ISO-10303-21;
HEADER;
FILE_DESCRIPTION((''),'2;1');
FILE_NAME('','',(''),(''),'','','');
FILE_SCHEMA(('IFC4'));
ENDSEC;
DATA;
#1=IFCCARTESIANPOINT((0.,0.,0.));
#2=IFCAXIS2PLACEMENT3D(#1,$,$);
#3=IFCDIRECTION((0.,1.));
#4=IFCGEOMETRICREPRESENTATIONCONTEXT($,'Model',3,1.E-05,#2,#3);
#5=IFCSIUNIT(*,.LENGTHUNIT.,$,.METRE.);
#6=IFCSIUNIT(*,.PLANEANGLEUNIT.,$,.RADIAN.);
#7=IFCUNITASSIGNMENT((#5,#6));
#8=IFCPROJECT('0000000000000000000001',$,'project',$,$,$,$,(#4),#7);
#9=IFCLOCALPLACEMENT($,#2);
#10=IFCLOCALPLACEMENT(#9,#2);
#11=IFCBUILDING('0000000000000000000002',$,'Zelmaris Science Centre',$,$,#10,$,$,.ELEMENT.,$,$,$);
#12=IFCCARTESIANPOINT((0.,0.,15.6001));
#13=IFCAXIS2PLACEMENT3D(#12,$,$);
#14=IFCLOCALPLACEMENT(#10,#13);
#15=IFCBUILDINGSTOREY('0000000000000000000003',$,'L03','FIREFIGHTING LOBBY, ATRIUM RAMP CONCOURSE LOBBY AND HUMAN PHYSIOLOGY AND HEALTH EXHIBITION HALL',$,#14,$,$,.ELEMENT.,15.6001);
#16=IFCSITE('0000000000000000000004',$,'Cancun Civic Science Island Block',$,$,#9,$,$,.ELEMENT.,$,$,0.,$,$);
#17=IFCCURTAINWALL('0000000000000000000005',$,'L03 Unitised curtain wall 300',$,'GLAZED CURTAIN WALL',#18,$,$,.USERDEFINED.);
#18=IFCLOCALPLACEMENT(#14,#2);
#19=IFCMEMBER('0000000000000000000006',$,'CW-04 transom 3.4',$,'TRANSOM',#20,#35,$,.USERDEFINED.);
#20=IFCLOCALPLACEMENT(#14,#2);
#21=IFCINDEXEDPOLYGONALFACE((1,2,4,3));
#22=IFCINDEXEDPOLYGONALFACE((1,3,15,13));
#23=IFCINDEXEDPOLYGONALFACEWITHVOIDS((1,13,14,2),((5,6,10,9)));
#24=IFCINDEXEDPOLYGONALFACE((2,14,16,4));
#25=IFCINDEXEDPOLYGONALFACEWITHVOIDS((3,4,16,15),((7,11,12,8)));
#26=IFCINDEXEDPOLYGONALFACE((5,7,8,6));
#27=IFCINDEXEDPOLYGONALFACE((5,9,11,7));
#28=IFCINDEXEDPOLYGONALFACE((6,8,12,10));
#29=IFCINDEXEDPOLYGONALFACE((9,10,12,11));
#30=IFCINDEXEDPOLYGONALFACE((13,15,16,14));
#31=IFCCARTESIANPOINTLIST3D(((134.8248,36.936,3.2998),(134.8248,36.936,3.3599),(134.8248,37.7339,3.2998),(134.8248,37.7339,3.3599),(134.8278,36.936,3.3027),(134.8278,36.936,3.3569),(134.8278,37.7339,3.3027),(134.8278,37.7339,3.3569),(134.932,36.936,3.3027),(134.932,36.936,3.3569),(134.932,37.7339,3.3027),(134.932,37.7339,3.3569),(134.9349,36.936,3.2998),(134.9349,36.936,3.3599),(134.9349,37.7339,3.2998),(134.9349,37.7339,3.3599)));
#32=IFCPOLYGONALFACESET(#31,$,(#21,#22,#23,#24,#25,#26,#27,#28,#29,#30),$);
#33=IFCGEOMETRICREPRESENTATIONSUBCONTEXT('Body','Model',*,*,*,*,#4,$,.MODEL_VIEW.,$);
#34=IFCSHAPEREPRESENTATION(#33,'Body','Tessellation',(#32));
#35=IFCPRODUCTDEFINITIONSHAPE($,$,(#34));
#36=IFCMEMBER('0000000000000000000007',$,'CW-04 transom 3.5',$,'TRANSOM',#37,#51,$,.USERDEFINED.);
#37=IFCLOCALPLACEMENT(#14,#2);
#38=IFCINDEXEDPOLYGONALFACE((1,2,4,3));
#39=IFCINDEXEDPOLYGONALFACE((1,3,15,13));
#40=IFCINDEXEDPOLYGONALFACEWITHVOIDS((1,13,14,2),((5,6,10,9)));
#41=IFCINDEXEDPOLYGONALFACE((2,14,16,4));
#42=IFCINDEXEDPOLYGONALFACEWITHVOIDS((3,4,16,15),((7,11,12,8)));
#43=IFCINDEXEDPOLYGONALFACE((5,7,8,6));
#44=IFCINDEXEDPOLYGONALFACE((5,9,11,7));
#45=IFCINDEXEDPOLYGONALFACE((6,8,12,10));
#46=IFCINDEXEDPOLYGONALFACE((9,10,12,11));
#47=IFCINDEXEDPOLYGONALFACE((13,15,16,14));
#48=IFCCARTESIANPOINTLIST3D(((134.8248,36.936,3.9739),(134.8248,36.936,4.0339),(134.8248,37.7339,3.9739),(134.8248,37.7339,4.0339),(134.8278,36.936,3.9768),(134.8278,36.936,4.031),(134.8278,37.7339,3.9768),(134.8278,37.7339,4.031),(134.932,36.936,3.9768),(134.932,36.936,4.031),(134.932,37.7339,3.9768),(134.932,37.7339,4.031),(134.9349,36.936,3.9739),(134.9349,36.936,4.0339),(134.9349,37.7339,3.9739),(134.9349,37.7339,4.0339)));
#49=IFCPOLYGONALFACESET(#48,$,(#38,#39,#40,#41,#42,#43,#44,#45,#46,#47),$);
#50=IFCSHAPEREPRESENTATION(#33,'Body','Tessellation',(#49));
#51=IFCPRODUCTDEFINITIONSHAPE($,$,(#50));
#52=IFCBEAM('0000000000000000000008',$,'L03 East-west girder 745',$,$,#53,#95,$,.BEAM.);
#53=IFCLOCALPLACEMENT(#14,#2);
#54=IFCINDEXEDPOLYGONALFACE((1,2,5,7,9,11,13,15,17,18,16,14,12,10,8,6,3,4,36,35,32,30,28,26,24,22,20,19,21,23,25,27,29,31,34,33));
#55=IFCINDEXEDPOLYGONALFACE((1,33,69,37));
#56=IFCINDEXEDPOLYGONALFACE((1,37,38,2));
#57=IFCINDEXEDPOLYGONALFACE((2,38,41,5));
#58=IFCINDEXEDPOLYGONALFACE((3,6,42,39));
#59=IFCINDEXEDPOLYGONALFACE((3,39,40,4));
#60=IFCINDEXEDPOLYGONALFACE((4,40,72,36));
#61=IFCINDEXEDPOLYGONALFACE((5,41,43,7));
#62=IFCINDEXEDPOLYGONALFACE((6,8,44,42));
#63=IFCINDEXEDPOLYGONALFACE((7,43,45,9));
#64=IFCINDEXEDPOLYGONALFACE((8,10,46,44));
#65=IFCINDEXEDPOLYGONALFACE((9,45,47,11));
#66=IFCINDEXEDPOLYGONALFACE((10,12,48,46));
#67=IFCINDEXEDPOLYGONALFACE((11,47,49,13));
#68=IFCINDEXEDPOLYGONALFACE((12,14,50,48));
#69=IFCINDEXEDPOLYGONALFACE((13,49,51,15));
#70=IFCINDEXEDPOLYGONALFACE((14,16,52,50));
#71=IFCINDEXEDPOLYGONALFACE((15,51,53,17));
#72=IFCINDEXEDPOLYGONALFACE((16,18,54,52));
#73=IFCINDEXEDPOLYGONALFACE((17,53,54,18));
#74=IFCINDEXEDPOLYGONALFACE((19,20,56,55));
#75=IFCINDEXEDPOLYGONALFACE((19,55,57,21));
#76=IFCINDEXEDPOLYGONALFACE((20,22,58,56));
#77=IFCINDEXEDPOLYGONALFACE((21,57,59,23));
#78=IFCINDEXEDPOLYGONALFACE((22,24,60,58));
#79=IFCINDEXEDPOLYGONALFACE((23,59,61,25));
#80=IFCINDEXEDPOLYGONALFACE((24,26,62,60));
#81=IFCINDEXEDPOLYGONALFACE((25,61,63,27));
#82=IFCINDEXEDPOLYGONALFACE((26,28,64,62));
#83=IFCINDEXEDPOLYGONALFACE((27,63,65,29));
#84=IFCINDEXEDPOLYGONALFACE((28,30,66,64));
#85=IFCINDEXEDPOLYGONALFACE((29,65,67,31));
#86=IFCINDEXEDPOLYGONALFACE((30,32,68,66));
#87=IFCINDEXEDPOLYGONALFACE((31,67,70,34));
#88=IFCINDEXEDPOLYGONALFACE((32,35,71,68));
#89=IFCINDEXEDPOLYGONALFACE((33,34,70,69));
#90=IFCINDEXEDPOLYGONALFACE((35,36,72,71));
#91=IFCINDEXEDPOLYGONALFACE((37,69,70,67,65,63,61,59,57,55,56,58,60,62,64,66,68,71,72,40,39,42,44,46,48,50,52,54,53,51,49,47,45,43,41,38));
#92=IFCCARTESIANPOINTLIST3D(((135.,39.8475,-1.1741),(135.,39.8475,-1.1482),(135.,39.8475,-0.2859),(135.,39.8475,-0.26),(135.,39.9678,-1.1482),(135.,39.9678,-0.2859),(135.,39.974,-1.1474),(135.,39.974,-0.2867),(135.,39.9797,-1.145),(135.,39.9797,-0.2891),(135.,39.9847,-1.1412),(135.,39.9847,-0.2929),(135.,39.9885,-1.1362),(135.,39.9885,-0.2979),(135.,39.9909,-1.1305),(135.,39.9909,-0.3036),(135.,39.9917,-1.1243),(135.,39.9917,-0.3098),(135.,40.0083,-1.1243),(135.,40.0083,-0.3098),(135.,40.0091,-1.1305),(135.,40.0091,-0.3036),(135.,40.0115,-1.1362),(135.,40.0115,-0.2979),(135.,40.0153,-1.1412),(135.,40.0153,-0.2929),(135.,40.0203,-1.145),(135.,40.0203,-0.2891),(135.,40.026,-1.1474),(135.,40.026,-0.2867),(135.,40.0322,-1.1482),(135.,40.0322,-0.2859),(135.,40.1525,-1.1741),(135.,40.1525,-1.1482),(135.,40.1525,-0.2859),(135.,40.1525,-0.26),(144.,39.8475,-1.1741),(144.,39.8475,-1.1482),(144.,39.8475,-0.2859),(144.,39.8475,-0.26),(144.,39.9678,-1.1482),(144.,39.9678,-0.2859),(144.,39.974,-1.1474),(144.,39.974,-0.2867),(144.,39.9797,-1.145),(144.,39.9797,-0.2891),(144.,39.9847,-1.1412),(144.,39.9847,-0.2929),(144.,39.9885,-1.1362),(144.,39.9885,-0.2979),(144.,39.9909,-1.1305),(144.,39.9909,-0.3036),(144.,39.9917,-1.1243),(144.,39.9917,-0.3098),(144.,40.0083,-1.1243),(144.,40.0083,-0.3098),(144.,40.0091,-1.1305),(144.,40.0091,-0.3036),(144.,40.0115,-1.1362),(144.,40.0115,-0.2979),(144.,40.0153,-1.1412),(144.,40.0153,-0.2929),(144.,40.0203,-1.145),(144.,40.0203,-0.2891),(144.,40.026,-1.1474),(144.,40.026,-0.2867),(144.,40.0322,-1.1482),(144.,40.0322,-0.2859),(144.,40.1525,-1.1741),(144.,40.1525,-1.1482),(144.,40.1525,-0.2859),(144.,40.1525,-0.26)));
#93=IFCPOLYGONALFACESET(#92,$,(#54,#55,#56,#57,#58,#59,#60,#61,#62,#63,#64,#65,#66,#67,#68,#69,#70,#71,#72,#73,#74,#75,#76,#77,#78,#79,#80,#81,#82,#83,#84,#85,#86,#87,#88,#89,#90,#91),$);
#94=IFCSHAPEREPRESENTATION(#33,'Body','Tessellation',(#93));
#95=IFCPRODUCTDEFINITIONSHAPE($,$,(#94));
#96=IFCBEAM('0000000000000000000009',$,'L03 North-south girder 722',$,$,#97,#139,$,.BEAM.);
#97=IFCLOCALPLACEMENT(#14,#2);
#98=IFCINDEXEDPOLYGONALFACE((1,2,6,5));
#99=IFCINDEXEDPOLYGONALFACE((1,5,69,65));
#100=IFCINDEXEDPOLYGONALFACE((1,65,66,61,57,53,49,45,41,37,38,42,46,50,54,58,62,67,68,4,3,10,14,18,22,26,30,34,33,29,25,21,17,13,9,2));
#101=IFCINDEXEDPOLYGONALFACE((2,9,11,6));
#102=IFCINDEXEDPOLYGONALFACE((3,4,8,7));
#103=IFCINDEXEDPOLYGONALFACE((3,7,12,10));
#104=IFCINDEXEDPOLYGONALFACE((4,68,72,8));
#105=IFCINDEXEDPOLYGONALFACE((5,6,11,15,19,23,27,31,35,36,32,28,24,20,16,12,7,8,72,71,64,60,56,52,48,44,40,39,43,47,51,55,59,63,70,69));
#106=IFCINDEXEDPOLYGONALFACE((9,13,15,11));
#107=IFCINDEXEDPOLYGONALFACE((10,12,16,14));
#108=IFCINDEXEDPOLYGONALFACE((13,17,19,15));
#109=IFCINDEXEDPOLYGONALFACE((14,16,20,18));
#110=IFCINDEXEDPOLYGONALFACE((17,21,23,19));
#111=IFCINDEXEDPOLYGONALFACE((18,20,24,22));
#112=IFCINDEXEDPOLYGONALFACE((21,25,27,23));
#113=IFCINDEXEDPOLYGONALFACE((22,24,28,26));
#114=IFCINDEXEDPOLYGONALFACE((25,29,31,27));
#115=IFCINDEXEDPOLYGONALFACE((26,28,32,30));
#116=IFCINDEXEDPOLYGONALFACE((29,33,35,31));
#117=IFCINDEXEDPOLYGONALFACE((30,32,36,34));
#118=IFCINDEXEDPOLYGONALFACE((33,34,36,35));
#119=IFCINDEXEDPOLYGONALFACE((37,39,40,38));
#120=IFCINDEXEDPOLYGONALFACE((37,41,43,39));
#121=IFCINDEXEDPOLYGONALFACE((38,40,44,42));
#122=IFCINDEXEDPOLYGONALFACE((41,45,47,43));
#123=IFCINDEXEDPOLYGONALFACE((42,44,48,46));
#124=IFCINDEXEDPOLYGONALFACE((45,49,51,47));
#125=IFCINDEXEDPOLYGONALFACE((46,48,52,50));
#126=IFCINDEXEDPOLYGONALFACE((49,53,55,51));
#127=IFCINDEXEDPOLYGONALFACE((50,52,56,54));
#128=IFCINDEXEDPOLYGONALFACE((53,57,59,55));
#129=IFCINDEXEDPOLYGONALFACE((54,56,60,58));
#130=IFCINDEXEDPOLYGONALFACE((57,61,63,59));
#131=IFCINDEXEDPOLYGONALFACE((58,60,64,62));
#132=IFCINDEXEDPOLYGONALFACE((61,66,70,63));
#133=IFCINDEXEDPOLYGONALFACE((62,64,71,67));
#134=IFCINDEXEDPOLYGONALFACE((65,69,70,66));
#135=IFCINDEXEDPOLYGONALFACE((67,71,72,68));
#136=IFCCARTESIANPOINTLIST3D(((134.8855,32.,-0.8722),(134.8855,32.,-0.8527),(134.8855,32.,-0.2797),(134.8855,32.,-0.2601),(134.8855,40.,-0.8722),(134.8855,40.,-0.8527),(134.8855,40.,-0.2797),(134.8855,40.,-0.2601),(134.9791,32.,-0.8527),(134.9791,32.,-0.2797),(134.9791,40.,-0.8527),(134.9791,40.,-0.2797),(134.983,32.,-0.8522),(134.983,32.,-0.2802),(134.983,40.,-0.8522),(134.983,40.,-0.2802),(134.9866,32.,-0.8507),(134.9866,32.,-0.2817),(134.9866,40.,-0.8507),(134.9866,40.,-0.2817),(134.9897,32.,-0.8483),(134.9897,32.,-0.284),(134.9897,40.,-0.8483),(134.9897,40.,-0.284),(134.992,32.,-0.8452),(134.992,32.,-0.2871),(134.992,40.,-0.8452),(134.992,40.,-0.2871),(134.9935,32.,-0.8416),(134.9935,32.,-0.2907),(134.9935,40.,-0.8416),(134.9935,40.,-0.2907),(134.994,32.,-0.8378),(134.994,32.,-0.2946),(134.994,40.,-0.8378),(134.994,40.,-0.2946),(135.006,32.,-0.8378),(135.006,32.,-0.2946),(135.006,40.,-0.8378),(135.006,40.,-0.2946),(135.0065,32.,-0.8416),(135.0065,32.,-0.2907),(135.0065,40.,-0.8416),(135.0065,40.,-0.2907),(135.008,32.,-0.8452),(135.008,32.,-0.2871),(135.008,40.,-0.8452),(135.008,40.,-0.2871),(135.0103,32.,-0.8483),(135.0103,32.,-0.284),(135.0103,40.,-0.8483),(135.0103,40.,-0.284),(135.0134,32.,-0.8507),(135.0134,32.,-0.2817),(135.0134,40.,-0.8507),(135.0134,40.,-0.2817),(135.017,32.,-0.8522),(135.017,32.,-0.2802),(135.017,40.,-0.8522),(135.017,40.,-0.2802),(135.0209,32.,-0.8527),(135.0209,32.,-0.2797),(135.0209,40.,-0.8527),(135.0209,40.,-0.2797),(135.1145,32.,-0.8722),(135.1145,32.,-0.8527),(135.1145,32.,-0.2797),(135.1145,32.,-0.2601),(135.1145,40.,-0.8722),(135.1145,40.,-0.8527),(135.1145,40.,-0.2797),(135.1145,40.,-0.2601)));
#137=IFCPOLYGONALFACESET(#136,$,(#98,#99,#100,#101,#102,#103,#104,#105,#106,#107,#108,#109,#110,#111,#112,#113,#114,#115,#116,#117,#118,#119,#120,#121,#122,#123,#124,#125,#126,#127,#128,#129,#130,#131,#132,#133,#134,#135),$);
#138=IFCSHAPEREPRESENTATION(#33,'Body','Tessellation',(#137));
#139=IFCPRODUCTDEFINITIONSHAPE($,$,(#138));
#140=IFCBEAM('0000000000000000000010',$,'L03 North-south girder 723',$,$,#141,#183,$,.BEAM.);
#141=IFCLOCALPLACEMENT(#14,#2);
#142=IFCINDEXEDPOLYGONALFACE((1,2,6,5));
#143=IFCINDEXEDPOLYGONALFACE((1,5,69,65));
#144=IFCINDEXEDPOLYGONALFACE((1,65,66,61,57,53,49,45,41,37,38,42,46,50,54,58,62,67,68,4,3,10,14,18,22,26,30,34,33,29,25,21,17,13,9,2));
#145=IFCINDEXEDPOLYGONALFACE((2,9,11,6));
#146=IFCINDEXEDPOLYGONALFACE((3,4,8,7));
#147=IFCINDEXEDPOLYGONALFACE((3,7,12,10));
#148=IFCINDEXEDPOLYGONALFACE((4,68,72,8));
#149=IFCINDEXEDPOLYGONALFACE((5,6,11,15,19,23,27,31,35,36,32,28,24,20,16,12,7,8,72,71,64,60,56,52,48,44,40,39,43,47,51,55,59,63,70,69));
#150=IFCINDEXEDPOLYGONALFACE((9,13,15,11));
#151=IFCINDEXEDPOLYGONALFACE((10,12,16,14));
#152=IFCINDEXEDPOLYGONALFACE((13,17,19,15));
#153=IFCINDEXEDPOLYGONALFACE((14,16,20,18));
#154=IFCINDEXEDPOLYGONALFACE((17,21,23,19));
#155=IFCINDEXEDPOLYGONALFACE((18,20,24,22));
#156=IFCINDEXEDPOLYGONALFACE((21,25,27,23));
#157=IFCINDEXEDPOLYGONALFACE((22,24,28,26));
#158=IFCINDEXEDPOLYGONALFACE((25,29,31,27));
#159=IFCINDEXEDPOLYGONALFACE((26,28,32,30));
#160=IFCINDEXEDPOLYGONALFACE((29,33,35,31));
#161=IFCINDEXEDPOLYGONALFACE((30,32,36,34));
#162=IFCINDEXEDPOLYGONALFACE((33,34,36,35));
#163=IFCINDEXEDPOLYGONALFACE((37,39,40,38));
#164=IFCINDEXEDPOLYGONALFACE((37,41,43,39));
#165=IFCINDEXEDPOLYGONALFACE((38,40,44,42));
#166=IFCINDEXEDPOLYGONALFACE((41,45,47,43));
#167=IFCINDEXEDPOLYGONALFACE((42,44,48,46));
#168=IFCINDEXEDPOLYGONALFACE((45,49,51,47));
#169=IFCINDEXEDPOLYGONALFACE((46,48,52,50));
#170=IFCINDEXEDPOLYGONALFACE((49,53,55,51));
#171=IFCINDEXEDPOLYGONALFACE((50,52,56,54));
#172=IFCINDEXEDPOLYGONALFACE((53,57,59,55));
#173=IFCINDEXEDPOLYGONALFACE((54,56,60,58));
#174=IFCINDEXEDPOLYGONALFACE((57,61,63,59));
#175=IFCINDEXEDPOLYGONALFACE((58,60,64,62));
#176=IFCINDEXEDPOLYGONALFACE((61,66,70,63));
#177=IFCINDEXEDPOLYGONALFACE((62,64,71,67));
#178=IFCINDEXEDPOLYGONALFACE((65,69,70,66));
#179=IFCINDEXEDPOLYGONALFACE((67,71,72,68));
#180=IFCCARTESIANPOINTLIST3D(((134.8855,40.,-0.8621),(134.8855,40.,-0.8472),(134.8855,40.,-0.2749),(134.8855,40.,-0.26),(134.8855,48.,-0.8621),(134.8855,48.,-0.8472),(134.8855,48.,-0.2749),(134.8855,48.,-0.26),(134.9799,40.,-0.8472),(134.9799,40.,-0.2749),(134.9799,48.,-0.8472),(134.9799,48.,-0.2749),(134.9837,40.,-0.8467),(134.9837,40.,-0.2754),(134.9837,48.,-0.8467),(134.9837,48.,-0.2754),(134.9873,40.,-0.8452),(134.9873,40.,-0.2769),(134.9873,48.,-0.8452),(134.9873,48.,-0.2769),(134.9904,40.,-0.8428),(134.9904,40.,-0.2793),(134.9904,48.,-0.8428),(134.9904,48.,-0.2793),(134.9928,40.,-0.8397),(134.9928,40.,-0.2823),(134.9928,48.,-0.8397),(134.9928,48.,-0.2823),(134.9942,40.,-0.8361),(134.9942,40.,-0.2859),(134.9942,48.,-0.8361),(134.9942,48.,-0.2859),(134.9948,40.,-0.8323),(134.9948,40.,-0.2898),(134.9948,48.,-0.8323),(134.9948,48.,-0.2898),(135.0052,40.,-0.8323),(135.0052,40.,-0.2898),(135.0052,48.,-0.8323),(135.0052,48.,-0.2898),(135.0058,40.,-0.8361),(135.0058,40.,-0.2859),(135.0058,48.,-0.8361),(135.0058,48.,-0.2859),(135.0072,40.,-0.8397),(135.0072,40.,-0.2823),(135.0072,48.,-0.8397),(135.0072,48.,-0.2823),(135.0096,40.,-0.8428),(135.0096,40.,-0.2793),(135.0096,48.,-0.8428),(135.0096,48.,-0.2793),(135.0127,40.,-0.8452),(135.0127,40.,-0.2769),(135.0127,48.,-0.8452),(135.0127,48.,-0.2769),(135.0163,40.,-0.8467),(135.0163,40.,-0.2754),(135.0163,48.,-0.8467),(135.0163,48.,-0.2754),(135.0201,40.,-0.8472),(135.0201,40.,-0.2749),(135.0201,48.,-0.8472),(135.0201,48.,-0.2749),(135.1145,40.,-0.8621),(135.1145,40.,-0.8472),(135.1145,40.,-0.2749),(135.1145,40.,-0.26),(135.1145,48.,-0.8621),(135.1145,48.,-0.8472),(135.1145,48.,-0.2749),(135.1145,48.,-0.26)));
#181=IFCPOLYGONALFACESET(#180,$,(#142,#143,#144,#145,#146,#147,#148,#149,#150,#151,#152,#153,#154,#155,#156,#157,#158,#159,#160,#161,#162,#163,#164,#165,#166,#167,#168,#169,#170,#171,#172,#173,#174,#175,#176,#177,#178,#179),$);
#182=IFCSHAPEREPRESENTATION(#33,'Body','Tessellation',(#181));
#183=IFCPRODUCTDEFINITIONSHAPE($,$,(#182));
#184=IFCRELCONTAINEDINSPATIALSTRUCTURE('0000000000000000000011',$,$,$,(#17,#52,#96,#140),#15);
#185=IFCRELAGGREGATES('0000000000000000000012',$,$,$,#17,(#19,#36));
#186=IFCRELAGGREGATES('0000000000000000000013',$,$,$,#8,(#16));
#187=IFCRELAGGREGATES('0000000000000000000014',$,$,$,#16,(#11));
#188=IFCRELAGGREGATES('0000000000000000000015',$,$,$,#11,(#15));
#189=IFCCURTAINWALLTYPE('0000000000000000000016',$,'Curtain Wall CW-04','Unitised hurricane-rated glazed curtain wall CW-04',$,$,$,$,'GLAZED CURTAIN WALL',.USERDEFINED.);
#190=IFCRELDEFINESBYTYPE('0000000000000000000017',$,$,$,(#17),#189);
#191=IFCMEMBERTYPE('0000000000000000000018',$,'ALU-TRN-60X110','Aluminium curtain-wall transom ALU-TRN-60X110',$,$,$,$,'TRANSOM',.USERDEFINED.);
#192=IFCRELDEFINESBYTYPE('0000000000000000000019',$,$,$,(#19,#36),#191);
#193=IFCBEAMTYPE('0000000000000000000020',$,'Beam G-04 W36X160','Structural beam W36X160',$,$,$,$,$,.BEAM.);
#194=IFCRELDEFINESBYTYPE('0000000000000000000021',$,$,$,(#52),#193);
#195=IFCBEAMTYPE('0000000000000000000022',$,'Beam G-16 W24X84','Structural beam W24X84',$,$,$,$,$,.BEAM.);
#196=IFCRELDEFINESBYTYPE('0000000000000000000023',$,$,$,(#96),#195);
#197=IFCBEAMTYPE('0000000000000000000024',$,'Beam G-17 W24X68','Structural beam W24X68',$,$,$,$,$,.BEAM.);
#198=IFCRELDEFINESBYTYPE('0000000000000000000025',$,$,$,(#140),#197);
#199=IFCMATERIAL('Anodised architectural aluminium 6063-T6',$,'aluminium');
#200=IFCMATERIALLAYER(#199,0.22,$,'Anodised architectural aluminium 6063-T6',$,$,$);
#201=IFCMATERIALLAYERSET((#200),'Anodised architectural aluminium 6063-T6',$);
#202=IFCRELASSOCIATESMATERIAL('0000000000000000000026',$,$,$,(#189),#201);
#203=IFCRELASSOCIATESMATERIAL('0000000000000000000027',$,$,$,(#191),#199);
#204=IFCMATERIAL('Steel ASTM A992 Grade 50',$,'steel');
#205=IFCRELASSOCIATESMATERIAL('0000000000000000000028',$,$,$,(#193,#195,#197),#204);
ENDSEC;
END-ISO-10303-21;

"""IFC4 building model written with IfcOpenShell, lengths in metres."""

from ifc_helpers import new_model, si_unit, direction, frame, origin, origin_2d, place, context, subcontext, project, spatial, hollow_rectangle, i_section, extrude, material, layer, layer_set, material_profile, profile_set, type_object, element, aggregate, save


model = new_model("IFC4")

# Units and contexts
model_context = context("Model", 3, precision=1e-05, world=origin(), true_north=direction((0.0, 1.0)))
body_context = subcontext(model_context, "Body", "Model", "MODEL_VIEW")
ifc_project = project(units=[si_unit("LENGTHUNIT", "METRE"), si_unit("PLANEANGLEUNIT", "RADIAN")], contexts=[model_context])

# Site, building, storey
site_placement = place(None, origin())
site = spatial("IfcSite", under=ifc_project, at=site_placement, Name="Cancun Civic Science Island Block", CompositionType="ELEMENT", RefElevation=0.0)
building_placement = place(site_placement, origin())
building = spatial("IfcBuilding", under=site, at=building_placement, Name="Zelmaris Science Centre", CompositionType="ELEMENT")
storey_placement = place(building_placement, frame((0.0, 0.0, 15.6001)))
storey = spatial("IfcBuildingStorey", under=building, at=storey_placement, Name="L03", Description="FIREFIGHTING LOBBY, ATRIUM RAMP CONCOURSE LOBBY AND HUMAN PHYSIOLOGY AND HEALTH EXHIBITION HALL", CompositionType="ELEMENT", Elevation=15.6001)

# Shared definitions
ifc_material_1 = material(Name="Steel ASTM A992 Grade 50", Category="steel")

# Curtain wall, members
ifc_material_2 = material(Name="Anodised architectural aluminium 6063-T6", Category="aluminium")
ifc_layer_1 = layer(ifc_material_2, 0.22, Name="Anodised architectural aluminium 6063-T6")
ifc_layer_set_1 = layer_set([ifc_layer_1], Name="Anodised architectural aluminium 6063-T6")
curtain_wall_type = type_object("IfcCurtainWallType", Name="Curtain Wall CW-04", Description="Unitised hurricane-rated glazed curtain wall CW-04", ElementType="GLAZED CURTAIN WALL", PredefinedType="USERDEFINED", material=ifc_layer_set_1)
curtain_wall_placement = place(storey_placement, origin())
curtain_wall = element("IfcCurtainWall", 1, at=curtain_wall_placement, inside=storey, type_object=curtain_wall_type, Name="L03 Unitised curtain wall 300", ObjectType="GLAZED CURTAIN WALL", PredefinedType="USERDEFINED")
ifc_material_profile_1 = material_profile(ifc_material_2, hollow_rectangle(XDim=0.0601, YDim=0.1101, WallThickness=0.0029, at=origin_2d()), Name="ALU-TRN-60X110")
ifc_profile_set_1 = profile_set([ifc_material_profile_1], Name="Anodised architectural aluminium 6063-T6")
member_type_1 = type_object("IfcMemberType", Name="ALU-TRN-60X110", Description="Aluminium curtain-wall transom ALU-TRN-60X110", ElementType="TRANSOM", PredefinedType="USERDEFINED", material=ifc_profile_set_1)
member_1_placement = place(storey_placement, frame((134.8799, 37.7339, 3.3298), z_axis=(0.0, -1.0, 0.0), x_axis=(0.0, 0.0, 1.0)))
member_1 = element("IfcMember", 2, at=member_1_placement, type_object=member_type_1, Name="CW-04 transom 3.4", ObjectType="TRANSOM", PredefinedType="USERDEFINED", context=body_context, shape_type="SweptSolid", body=[
    extrude(hollow_rectangle(XDim=0.0601, YDim=0.1101, WallThickness=0.0029, at=origin_2d()), origin(), (0.0, 0.0, 1.0), 0.7979),
])
member_2_placement = place(storey_placement, frame((134.8799, 37.7339, 4.0039), z_axis=(0.0, -1.0, 0.0), x_axis=(0.0, 0.0, 1.0)))
member_2 = element("IfcMember", 3, at=member_2_placement, type_object=member_type_1, Name="CW-04 transom 3.5", ObjectType="TRANSOM", PredefinedType="USERDEFINED", context=body_context, shape_type="SweptSolid", body=[
    extrude(hollow_rectangle(XDim=0.0601, YDim=0.1101, WallThickness=0.0029, at=origin_2d()), origin(), (0.0, 0.0, 1.0), 0.7979),
])

# Beams
ifc_material_profile_2 = material_profile(ifc_material_1, i_section(OverallWidth=0.3049, OverallDepth=0.9141, WebThickness=0.0166, FlangeThickness=0.0259, FilletRadius=0.0239, at=origin_2d()), Name="W36X160")
ifc_profile_set_2 = profile_set([ifc_material_profile_2], Name="Steel ASTM A992 Grade 50")
beam_type_1 = type_object("IfcBeamType", Name="Beam G-04 W36X160", Description="Structural beam W36X160", PredefinedType="BEAM", material=ifc_profile_set_2)
beam_1_placement = place(storey_placement, frame((135.0, 40.0, -0.717), z_axis=(1.0, 0.0, 0.0), x_axis=(0.0, 1.0, 0.0)))
element("IfcBeam", 4, at=beam_1_placement, inside=storey, type_object=beam_type_1, Name="L03 East-west girder 745", PredefinedType="BEAM", context=body_context, shape_type="SweptSolid", body=[
    extrude(i_section(OverallWidth=0.3049, OverallDepth=0.9141, WebThickness=0.0166, FlangeThickness=0.0259, FilletRadius=0.0239, at=origin_2d()), origin(), (0.0, 0.0, 1.0), 9.0),
])
ifc_material_profile_3 = material_profile(ifc_material_1, i_section(OverallWidth=0.229, OverallDepth=0.6121, WebThickness=0.012, FlangeThickness=0.0195, FilletRadius=0.0149, at=origin_2d()), Name="W24X84")
ifc_profile_set_3 = profile_set([ifc_material_profile_3], Name="Steel ASTM A992 Grade 50")
beam_type_2 = type_object("IfcBeamType", Name="Beam G-16 W24X84", Description="Structural beam W24X84", PredefinedType="BEAM", material=ifc_profile_set_3)
beam_2_placement = place(storey_placement, frame((135.0, 32.0, -0.5662), z_axis=(0.0, 1.0, 0.0), x_axis=(-1.0, 0.0, 0.0)))
element("IfcBeam", 5, at=beam_2_placement, inside=storey, type_object=beam_type_2, Name="L03 North-south girder 722", PredefinedType="BEAM", context=body_context, shape_type="SweptSolid", body=[
    extrude(i_section(OverallWidth=0.229, OverallDepth=0.6121, WebThickness=0.012, FlangeThickness=0.0195, FilletRadius=0.0149, at=origin_2d()), origin(), (0.0, 0.0, 1.0), 8.0),
])
ifc_material_profile_4 = material_profile(ifc_material_1, i_section(OverallWidth=0.229, OverallDepth=0.6021, WebThickness=0.0105, FlangeThickness=0.0149, FilletRadius=0.0149, at=origin_2d()), Name="W24X68")
ifc_profile_set_4 = profile_set([ifc_material_profile_4], Name="Steel ASTM A992 Grade 50")
beam_type_3 = type_object("IfcBeamType", Name="Beam G-17 W24X68", Description="Structural beam W24X68", PredefinedType="BEAM", material=ifc_profile_set_4)
beam_3_placement = place(storey_placement, frame((135.0, 40.0, -0.561), z_axis=(0.0, 1.0, 0.0), x_axis=(-1.0, 0.0, 0.0)))
element("IfcBeam", 6, at=beam_3_placement, inside=storey, type_object=beam_type_3, Name="L03 North-south girder 723", PredefinedType="BEAM", context=body_context, shape_type="SweptSolid", body=[
    extrude(i_section(OverallWidth=0.229, OverallDepth=0.6021, WebThickness=0.0105, FlangeThickness=0.0149, FilletRadius=0.0149, at=origin_2d()), origin(), (0.0, 0.0, 1.0), 8.0),
])

aggregate(curtain_wall, [member_1, member_2])

save(model, "model.ifc")
